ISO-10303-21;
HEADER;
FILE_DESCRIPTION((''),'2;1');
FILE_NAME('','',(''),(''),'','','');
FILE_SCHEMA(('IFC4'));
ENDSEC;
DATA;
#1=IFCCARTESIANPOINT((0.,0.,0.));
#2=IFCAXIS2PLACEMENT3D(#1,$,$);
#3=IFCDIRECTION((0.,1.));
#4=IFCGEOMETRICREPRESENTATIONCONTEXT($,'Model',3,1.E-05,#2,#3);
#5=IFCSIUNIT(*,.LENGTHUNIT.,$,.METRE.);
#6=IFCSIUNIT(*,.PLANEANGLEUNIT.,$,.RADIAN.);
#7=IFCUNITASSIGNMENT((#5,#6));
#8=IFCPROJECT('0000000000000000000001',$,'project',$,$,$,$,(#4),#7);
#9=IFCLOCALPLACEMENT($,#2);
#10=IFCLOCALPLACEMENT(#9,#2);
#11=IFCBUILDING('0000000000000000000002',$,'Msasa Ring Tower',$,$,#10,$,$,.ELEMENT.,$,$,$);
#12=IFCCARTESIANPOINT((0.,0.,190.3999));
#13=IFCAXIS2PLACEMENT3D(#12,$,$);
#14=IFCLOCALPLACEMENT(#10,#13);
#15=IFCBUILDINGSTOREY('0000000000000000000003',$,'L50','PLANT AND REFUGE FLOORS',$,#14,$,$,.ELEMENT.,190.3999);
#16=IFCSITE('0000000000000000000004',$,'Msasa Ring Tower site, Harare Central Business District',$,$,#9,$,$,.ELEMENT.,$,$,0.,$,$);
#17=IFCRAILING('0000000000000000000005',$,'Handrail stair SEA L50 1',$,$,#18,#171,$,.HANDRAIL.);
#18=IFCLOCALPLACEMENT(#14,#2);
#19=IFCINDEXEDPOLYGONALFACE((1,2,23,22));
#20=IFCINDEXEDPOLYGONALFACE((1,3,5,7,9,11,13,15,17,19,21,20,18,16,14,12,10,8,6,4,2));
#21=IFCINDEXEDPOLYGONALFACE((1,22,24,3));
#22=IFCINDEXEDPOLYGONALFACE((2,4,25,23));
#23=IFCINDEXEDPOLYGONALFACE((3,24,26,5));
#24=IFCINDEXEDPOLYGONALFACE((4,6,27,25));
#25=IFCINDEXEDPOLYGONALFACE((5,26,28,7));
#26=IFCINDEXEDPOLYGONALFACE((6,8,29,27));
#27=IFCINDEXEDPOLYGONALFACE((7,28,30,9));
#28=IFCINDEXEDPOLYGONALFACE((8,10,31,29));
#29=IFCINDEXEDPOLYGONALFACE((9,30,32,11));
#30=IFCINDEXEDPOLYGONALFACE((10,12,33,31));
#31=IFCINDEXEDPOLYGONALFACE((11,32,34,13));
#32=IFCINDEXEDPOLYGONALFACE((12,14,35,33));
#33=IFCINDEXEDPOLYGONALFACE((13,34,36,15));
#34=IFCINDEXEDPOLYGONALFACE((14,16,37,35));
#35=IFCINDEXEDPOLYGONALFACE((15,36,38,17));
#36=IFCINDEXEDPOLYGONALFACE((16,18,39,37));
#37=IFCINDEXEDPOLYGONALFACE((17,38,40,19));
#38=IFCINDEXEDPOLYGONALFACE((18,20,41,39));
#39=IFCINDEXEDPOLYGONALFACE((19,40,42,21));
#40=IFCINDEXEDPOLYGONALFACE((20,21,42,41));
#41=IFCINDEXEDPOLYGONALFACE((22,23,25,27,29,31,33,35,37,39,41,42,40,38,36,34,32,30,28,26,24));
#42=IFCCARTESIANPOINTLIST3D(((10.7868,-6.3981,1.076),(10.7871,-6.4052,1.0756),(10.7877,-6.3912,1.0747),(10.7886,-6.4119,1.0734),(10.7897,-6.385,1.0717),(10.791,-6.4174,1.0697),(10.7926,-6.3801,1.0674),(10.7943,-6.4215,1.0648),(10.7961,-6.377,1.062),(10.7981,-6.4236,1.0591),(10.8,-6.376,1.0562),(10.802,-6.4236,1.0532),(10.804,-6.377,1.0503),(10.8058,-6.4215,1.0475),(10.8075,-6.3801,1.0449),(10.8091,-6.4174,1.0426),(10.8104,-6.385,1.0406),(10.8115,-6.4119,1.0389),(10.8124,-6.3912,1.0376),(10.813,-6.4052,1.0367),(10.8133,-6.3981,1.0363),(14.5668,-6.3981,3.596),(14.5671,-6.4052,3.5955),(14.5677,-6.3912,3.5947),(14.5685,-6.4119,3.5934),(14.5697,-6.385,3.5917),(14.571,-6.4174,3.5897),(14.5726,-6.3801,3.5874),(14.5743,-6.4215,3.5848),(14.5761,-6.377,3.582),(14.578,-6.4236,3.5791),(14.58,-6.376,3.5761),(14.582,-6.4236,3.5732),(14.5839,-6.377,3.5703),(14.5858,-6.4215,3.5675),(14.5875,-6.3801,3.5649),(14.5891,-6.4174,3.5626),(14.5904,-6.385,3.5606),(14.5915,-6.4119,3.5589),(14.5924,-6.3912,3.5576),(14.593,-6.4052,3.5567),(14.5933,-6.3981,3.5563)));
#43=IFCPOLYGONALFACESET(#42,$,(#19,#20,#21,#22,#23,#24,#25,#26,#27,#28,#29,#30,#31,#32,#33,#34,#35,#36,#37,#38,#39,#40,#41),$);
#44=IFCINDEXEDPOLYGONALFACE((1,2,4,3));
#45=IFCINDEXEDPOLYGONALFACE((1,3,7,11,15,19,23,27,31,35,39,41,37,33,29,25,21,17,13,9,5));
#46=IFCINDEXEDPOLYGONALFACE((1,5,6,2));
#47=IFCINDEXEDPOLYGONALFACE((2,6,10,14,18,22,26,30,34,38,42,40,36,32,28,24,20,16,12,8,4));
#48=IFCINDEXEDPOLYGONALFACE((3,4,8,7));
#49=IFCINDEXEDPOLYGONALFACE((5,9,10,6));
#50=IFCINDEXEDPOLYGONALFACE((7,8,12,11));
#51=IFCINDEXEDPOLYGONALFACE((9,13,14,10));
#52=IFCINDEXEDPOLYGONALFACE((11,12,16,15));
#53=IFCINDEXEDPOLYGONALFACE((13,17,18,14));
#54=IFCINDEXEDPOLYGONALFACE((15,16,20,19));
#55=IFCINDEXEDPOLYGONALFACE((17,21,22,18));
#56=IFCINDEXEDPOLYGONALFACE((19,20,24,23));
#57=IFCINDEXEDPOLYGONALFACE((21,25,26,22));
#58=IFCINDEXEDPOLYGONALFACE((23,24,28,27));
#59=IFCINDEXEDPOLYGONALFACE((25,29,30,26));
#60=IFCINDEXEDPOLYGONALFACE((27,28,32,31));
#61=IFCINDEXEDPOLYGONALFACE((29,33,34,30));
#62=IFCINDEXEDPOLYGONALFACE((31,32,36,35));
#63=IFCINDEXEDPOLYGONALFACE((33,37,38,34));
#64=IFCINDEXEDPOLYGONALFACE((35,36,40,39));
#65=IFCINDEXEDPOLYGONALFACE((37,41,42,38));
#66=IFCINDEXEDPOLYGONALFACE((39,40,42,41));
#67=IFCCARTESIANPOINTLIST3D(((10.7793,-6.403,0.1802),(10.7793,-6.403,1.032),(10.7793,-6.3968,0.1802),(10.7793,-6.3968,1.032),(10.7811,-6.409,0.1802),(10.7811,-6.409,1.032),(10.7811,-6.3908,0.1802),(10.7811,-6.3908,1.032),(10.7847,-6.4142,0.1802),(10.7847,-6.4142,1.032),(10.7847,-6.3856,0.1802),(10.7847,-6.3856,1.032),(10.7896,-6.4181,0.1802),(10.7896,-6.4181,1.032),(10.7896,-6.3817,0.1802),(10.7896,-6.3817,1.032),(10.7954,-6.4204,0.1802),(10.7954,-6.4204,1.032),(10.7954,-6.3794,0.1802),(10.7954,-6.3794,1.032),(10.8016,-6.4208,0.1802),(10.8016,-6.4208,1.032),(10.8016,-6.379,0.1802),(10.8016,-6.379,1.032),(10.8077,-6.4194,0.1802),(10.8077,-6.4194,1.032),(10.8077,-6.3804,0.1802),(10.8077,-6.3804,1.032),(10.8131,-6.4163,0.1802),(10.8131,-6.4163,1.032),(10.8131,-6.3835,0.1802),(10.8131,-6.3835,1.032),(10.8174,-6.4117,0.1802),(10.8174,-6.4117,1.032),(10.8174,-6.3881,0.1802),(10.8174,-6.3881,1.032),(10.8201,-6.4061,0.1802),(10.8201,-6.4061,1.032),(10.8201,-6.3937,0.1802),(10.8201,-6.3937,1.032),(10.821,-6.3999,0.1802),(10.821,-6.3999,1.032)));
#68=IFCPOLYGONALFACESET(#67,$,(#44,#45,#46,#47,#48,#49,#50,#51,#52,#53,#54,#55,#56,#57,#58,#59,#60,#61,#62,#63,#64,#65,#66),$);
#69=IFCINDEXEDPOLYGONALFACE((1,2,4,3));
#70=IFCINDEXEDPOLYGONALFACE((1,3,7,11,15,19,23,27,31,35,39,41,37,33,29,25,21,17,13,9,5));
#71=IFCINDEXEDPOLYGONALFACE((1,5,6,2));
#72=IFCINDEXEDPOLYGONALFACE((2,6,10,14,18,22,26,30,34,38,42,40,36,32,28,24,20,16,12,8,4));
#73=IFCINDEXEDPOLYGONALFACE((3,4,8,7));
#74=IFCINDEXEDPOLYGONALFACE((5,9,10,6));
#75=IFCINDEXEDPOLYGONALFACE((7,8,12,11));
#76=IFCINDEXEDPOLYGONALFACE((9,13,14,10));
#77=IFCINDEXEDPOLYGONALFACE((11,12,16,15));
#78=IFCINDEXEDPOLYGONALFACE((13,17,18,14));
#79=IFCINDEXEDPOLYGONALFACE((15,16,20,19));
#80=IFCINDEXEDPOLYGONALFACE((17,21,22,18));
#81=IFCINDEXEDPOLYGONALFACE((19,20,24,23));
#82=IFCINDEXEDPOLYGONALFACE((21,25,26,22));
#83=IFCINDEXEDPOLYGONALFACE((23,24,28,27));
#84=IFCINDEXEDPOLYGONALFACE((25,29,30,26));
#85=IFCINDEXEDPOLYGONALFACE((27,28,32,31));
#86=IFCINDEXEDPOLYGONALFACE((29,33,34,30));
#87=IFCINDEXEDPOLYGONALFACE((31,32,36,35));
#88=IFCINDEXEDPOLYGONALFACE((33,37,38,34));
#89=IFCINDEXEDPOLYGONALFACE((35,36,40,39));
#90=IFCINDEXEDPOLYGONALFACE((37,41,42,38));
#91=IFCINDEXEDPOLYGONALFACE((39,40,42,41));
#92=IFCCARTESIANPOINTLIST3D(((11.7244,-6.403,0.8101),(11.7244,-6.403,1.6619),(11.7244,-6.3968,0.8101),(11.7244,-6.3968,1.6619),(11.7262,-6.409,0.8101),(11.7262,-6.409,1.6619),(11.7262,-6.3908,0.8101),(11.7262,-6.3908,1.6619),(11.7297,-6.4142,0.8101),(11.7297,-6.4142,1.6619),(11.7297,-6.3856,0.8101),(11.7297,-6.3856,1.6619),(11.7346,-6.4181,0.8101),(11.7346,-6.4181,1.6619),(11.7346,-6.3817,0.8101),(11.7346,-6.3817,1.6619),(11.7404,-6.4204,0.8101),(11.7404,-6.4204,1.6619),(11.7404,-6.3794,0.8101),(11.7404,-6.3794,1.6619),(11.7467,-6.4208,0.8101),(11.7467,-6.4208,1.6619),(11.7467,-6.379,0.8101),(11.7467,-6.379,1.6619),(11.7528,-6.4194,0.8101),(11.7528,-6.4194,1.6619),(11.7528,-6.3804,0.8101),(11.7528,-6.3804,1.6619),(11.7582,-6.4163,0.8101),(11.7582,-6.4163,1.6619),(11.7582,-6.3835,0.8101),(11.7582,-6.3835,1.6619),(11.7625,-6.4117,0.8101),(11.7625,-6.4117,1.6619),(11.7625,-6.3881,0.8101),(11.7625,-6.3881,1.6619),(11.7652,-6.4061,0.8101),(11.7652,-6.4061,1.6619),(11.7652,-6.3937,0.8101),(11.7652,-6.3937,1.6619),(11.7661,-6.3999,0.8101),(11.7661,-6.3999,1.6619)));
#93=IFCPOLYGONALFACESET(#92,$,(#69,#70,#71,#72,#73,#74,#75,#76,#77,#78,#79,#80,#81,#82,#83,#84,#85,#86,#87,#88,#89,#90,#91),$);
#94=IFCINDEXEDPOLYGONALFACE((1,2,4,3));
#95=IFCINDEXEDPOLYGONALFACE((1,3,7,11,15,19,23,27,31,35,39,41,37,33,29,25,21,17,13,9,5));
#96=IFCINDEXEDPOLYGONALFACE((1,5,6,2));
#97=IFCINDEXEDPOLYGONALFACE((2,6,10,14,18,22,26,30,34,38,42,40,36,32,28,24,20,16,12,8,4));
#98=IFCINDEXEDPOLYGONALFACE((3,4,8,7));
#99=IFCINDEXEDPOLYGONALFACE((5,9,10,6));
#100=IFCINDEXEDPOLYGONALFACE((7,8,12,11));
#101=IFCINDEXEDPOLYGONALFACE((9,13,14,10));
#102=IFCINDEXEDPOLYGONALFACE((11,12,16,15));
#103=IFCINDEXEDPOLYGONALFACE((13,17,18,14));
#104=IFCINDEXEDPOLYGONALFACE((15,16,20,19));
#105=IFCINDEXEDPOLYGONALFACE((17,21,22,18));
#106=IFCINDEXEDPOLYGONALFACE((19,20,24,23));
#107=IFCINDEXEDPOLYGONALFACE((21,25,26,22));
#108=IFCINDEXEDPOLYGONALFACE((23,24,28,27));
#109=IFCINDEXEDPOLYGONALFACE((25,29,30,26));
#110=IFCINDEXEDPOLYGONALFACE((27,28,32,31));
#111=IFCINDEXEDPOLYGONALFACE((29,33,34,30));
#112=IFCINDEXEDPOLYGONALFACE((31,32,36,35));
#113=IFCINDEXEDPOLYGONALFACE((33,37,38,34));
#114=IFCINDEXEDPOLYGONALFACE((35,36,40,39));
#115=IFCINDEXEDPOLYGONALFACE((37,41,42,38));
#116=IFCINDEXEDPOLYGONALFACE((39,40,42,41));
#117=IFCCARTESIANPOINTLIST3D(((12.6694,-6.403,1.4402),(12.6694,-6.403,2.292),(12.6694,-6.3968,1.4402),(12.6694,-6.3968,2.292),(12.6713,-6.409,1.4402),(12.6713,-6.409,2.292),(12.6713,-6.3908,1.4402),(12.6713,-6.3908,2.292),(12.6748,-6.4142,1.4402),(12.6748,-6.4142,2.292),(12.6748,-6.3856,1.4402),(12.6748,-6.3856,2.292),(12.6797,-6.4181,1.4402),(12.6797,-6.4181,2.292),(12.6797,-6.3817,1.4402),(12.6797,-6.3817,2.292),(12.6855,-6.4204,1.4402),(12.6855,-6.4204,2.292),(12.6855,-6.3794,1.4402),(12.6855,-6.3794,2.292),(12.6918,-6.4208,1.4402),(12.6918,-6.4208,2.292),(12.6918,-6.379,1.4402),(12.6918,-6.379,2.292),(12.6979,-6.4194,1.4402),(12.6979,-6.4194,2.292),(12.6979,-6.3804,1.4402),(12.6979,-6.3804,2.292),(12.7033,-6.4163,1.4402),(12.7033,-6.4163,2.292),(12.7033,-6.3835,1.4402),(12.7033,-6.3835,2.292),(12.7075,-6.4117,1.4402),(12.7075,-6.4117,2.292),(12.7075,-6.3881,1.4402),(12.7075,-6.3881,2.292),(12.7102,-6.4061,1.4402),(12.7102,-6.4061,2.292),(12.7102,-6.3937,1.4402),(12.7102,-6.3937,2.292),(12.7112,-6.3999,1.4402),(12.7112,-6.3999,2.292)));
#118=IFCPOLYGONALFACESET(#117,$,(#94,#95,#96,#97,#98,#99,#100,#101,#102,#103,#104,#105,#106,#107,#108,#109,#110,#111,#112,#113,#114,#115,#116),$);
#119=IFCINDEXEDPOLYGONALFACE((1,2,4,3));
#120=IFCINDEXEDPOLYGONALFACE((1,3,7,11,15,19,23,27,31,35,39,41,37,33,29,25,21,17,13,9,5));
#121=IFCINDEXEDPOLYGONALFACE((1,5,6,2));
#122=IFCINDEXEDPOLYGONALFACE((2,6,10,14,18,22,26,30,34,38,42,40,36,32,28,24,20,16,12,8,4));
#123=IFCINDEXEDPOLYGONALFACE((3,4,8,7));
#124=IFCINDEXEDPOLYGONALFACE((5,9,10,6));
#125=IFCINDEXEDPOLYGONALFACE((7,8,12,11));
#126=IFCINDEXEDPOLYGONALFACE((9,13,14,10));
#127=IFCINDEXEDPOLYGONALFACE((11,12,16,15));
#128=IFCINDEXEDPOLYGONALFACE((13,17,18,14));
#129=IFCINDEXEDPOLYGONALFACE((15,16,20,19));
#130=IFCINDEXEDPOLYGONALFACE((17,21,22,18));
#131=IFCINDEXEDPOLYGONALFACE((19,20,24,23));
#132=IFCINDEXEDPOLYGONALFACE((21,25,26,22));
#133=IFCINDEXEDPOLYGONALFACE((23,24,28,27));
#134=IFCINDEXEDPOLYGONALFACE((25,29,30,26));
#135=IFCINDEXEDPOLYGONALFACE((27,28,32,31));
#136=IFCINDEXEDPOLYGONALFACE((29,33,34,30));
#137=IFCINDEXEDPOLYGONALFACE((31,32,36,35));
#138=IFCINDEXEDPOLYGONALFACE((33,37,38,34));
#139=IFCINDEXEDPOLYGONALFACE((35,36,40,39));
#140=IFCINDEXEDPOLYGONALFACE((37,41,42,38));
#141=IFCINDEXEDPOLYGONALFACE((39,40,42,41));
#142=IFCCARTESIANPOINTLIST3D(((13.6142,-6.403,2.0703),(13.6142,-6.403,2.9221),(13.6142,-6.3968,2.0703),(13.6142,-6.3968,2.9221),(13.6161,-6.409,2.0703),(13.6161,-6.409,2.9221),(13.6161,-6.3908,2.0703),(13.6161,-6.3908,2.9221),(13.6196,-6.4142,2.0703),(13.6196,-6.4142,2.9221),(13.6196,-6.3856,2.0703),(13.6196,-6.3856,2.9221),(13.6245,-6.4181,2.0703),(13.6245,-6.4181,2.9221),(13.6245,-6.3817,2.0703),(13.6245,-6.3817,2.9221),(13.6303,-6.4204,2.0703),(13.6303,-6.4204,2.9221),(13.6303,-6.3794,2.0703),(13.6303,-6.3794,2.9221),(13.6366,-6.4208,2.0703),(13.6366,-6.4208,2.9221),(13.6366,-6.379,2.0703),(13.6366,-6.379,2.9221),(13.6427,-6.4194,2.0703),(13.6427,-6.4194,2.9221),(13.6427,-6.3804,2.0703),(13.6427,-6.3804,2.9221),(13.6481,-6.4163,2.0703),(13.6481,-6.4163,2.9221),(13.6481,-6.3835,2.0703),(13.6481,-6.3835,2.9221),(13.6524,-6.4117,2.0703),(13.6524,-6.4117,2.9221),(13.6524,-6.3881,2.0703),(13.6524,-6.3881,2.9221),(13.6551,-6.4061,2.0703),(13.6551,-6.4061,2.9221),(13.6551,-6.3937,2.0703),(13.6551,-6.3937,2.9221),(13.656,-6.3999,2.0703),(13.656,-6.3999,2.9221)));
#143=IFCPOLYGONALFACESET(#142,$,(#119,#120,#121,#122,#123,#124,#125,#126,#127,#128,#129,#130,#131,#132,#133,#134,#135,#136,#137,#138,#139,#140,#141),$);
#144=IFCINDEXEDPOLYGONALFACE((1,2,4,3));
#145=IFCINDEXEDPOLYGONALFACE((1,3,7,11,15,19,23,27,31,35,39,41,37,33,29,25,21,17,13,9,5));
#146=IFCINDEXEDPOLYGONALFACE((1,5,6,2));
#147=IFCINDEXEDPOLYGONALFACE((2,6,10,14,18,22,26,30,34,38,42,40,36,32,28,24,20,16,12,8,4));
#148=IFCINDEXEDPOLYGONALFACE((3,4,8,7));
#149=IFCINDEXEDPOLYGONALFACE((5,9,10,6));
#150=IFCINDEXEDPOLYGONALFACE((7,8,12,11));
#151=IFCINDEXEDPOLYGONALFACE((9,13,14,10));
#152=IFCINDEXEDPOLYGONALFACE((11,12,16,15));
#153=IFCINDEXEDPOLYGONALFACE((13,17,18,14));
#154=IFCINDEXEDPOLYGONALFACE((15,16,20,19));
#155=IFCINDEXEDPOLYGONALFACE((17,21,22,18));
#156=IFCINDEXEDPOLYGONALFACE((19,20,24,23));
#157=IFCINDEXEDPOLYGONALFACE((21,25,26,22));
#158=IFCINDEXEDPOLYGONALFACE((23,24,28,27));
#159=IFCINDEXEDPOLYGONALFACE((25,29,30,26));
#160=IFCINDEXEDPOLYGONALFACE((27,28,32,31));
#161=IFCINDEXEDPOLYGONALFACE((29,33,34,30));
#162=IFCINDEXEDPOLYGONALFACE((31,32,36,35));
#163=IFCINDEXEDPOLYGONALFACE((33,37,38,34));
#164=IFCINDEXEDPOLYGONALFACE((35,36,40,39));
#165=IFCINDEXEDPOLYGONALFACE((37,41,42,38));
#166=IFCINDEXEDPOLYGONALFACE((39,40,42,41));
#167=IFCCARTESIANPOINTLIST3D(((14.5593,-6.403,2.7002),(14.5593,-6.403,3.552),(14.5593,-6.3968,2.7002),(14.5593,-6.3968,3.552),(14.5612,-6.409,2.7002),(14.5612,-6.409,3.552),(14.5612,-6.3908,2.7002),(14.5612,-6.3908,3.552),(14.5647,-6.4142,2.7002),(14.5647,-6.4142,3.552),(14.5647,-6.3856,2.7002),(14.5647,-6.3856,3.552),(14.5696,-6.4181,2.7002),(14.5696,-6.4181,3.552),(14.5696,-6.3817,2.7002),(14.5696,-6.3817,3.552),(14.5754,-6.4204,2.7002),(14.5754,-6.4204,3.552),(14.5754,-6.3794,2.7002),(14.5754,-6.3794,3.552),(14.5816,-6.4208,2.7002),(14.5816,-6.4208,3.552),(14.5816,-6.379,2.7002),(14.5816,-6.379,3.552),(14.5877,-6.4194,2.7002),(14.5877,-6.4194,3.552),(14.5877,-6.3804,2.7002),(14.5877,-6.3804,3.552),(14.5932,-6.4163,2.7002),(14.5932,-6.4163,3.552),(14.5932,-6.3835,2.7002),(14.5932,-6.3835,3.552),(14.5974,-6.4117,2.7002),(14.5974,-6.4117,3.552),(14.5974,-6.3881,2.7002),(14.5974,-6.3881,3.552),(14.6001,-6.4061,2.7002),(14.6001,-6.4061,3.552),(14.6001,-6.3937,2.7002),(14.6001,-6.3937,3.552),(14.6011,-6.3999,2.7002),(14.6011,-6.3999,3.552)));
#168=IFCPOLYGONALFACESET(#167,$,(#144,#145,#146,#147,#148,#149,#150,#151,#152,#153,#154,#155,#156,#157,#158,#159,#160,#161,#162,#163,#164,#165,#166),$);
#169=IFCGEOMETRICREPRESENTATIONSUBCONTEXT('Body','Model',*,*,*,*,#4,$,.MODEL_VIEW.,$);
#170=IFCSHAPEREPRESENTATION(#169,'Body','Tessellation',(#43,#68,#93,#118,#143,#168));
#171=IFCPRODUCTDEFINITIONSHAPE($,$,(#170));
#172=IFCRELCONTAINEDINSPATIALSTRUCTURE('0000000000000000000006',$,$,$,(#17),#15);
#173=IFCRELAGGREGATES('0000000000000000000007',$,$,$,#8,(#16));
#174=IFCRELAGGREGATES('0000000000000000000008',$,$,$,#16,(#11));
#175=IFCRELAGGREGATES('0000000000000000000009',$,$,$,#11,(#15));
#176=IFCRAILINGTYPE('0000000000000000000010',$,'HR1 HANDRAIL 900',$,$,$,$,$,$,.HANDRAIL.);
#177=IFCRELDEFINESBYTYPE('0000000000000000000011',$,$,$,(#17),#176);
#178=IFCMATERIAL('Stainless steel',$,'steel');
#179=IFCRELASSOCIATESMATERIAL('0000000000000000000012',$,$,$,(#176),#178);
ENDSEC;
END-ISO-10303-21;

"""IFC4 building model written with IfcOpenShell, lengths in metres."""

from ifc_helpers import new_model, si_unit, direction, frame, origin, origin_2d, place, context, subcontext, project, spatial, circle, extrude, material, type_object, element, save


model = new_model("IFC4")

# Units and contexts
model_context = context("Model", 3, precision=1e-05, world=origin(), true_north=direction((0.0, 1.0)))
body_context = subcontext(model_context, "Body", "Model", "MODEL_VIEW")
ifc_project = project(units=[si_unit("LENGTHUNIT", "METRE"), si_unit("PLANEANGLEUNIT", "RADIAN")], contexts=[model_context])

# Site, building, storey
site_placement = place(None, origin())
site = spatial("IfcSite", under=ifc_project, at=site_placement, Name="Msasa Ring Tower site, Harare Central Business District", CompositionType="ELEMENT", RefElevation=0.0)
building_placement = place(site_placement, origin())
building = spatial("IfcBuilding", under=site, at=building_placement, Name="Msasa Ring Tower", CompositionType="ELEMENT")
storey_placement = place(building_placement, frame((0.0, 0.0, 190.3999)))
storey = spatial("IfcBuildingStorey", under=building, at=storey_placement, Name="L50", Description="PLANT AND REFUGE FLOORS", CompositionType="ELEMENT", Elevation=190.3999)

# Railing
ifc_material_1 = material(Name="Stainless steel", Category="steel")
railing_type = type_object("IfcRailingType", Name="HR1 HANDRAIL 900", PredefinedType="HANDRAIL", material=ifc_material_1)
for number, where, name in (
    (1, (10.8, -6.3999, 0.1802), "Handrail stair SEA L50 1"),
):
    element("IfcRailing", number, at=place(storey_placement, frame(where)), inside=storey, type_object=railing_type, Name=name, PredefinedType="HANDRAIL", context=body_context, shape_type="SweptSolid", body=[
        extrude(circle(Radius=0.0239, at=origin_2d()), frame((0.0, 0.0, 0.876), z_axis=(0.83205, 0.0, 0.5547), x_axis=(0.0, 1.0, 0.0)), (0.0, 0.0, 1.0), 4.543),
        extrude(circle(Radius=0.021, at=origin_2d()), origin(), (0.0, 0.0, 1.0), 0.8518),
        extrude(circle(Radius=0.021, at=origin_2d()), frame((0.9451, 0.0, 0.6299)), (0.0, 0.0, 1.0), 0.8518),
        extrude(circle(Radius=0.021, at=origin_2d()), frame((1.8901, 0.0, 1.26)), (0.0, 0.0, 1.0), 0.8518),
        extrude(circle(Radius=0.021, at=origin_2d()), frame((2.835, 0.0, 1.8901)), (0.0, 0.0, 1.0), 0.8518),
        extrude(circle(Radius=0.021, at=origin_2d()), frame((3.78, 0.0, 2.52)), (0.0, 0.0, 1.0), 0.8518),
    ])

save(model, "model.ifc")
